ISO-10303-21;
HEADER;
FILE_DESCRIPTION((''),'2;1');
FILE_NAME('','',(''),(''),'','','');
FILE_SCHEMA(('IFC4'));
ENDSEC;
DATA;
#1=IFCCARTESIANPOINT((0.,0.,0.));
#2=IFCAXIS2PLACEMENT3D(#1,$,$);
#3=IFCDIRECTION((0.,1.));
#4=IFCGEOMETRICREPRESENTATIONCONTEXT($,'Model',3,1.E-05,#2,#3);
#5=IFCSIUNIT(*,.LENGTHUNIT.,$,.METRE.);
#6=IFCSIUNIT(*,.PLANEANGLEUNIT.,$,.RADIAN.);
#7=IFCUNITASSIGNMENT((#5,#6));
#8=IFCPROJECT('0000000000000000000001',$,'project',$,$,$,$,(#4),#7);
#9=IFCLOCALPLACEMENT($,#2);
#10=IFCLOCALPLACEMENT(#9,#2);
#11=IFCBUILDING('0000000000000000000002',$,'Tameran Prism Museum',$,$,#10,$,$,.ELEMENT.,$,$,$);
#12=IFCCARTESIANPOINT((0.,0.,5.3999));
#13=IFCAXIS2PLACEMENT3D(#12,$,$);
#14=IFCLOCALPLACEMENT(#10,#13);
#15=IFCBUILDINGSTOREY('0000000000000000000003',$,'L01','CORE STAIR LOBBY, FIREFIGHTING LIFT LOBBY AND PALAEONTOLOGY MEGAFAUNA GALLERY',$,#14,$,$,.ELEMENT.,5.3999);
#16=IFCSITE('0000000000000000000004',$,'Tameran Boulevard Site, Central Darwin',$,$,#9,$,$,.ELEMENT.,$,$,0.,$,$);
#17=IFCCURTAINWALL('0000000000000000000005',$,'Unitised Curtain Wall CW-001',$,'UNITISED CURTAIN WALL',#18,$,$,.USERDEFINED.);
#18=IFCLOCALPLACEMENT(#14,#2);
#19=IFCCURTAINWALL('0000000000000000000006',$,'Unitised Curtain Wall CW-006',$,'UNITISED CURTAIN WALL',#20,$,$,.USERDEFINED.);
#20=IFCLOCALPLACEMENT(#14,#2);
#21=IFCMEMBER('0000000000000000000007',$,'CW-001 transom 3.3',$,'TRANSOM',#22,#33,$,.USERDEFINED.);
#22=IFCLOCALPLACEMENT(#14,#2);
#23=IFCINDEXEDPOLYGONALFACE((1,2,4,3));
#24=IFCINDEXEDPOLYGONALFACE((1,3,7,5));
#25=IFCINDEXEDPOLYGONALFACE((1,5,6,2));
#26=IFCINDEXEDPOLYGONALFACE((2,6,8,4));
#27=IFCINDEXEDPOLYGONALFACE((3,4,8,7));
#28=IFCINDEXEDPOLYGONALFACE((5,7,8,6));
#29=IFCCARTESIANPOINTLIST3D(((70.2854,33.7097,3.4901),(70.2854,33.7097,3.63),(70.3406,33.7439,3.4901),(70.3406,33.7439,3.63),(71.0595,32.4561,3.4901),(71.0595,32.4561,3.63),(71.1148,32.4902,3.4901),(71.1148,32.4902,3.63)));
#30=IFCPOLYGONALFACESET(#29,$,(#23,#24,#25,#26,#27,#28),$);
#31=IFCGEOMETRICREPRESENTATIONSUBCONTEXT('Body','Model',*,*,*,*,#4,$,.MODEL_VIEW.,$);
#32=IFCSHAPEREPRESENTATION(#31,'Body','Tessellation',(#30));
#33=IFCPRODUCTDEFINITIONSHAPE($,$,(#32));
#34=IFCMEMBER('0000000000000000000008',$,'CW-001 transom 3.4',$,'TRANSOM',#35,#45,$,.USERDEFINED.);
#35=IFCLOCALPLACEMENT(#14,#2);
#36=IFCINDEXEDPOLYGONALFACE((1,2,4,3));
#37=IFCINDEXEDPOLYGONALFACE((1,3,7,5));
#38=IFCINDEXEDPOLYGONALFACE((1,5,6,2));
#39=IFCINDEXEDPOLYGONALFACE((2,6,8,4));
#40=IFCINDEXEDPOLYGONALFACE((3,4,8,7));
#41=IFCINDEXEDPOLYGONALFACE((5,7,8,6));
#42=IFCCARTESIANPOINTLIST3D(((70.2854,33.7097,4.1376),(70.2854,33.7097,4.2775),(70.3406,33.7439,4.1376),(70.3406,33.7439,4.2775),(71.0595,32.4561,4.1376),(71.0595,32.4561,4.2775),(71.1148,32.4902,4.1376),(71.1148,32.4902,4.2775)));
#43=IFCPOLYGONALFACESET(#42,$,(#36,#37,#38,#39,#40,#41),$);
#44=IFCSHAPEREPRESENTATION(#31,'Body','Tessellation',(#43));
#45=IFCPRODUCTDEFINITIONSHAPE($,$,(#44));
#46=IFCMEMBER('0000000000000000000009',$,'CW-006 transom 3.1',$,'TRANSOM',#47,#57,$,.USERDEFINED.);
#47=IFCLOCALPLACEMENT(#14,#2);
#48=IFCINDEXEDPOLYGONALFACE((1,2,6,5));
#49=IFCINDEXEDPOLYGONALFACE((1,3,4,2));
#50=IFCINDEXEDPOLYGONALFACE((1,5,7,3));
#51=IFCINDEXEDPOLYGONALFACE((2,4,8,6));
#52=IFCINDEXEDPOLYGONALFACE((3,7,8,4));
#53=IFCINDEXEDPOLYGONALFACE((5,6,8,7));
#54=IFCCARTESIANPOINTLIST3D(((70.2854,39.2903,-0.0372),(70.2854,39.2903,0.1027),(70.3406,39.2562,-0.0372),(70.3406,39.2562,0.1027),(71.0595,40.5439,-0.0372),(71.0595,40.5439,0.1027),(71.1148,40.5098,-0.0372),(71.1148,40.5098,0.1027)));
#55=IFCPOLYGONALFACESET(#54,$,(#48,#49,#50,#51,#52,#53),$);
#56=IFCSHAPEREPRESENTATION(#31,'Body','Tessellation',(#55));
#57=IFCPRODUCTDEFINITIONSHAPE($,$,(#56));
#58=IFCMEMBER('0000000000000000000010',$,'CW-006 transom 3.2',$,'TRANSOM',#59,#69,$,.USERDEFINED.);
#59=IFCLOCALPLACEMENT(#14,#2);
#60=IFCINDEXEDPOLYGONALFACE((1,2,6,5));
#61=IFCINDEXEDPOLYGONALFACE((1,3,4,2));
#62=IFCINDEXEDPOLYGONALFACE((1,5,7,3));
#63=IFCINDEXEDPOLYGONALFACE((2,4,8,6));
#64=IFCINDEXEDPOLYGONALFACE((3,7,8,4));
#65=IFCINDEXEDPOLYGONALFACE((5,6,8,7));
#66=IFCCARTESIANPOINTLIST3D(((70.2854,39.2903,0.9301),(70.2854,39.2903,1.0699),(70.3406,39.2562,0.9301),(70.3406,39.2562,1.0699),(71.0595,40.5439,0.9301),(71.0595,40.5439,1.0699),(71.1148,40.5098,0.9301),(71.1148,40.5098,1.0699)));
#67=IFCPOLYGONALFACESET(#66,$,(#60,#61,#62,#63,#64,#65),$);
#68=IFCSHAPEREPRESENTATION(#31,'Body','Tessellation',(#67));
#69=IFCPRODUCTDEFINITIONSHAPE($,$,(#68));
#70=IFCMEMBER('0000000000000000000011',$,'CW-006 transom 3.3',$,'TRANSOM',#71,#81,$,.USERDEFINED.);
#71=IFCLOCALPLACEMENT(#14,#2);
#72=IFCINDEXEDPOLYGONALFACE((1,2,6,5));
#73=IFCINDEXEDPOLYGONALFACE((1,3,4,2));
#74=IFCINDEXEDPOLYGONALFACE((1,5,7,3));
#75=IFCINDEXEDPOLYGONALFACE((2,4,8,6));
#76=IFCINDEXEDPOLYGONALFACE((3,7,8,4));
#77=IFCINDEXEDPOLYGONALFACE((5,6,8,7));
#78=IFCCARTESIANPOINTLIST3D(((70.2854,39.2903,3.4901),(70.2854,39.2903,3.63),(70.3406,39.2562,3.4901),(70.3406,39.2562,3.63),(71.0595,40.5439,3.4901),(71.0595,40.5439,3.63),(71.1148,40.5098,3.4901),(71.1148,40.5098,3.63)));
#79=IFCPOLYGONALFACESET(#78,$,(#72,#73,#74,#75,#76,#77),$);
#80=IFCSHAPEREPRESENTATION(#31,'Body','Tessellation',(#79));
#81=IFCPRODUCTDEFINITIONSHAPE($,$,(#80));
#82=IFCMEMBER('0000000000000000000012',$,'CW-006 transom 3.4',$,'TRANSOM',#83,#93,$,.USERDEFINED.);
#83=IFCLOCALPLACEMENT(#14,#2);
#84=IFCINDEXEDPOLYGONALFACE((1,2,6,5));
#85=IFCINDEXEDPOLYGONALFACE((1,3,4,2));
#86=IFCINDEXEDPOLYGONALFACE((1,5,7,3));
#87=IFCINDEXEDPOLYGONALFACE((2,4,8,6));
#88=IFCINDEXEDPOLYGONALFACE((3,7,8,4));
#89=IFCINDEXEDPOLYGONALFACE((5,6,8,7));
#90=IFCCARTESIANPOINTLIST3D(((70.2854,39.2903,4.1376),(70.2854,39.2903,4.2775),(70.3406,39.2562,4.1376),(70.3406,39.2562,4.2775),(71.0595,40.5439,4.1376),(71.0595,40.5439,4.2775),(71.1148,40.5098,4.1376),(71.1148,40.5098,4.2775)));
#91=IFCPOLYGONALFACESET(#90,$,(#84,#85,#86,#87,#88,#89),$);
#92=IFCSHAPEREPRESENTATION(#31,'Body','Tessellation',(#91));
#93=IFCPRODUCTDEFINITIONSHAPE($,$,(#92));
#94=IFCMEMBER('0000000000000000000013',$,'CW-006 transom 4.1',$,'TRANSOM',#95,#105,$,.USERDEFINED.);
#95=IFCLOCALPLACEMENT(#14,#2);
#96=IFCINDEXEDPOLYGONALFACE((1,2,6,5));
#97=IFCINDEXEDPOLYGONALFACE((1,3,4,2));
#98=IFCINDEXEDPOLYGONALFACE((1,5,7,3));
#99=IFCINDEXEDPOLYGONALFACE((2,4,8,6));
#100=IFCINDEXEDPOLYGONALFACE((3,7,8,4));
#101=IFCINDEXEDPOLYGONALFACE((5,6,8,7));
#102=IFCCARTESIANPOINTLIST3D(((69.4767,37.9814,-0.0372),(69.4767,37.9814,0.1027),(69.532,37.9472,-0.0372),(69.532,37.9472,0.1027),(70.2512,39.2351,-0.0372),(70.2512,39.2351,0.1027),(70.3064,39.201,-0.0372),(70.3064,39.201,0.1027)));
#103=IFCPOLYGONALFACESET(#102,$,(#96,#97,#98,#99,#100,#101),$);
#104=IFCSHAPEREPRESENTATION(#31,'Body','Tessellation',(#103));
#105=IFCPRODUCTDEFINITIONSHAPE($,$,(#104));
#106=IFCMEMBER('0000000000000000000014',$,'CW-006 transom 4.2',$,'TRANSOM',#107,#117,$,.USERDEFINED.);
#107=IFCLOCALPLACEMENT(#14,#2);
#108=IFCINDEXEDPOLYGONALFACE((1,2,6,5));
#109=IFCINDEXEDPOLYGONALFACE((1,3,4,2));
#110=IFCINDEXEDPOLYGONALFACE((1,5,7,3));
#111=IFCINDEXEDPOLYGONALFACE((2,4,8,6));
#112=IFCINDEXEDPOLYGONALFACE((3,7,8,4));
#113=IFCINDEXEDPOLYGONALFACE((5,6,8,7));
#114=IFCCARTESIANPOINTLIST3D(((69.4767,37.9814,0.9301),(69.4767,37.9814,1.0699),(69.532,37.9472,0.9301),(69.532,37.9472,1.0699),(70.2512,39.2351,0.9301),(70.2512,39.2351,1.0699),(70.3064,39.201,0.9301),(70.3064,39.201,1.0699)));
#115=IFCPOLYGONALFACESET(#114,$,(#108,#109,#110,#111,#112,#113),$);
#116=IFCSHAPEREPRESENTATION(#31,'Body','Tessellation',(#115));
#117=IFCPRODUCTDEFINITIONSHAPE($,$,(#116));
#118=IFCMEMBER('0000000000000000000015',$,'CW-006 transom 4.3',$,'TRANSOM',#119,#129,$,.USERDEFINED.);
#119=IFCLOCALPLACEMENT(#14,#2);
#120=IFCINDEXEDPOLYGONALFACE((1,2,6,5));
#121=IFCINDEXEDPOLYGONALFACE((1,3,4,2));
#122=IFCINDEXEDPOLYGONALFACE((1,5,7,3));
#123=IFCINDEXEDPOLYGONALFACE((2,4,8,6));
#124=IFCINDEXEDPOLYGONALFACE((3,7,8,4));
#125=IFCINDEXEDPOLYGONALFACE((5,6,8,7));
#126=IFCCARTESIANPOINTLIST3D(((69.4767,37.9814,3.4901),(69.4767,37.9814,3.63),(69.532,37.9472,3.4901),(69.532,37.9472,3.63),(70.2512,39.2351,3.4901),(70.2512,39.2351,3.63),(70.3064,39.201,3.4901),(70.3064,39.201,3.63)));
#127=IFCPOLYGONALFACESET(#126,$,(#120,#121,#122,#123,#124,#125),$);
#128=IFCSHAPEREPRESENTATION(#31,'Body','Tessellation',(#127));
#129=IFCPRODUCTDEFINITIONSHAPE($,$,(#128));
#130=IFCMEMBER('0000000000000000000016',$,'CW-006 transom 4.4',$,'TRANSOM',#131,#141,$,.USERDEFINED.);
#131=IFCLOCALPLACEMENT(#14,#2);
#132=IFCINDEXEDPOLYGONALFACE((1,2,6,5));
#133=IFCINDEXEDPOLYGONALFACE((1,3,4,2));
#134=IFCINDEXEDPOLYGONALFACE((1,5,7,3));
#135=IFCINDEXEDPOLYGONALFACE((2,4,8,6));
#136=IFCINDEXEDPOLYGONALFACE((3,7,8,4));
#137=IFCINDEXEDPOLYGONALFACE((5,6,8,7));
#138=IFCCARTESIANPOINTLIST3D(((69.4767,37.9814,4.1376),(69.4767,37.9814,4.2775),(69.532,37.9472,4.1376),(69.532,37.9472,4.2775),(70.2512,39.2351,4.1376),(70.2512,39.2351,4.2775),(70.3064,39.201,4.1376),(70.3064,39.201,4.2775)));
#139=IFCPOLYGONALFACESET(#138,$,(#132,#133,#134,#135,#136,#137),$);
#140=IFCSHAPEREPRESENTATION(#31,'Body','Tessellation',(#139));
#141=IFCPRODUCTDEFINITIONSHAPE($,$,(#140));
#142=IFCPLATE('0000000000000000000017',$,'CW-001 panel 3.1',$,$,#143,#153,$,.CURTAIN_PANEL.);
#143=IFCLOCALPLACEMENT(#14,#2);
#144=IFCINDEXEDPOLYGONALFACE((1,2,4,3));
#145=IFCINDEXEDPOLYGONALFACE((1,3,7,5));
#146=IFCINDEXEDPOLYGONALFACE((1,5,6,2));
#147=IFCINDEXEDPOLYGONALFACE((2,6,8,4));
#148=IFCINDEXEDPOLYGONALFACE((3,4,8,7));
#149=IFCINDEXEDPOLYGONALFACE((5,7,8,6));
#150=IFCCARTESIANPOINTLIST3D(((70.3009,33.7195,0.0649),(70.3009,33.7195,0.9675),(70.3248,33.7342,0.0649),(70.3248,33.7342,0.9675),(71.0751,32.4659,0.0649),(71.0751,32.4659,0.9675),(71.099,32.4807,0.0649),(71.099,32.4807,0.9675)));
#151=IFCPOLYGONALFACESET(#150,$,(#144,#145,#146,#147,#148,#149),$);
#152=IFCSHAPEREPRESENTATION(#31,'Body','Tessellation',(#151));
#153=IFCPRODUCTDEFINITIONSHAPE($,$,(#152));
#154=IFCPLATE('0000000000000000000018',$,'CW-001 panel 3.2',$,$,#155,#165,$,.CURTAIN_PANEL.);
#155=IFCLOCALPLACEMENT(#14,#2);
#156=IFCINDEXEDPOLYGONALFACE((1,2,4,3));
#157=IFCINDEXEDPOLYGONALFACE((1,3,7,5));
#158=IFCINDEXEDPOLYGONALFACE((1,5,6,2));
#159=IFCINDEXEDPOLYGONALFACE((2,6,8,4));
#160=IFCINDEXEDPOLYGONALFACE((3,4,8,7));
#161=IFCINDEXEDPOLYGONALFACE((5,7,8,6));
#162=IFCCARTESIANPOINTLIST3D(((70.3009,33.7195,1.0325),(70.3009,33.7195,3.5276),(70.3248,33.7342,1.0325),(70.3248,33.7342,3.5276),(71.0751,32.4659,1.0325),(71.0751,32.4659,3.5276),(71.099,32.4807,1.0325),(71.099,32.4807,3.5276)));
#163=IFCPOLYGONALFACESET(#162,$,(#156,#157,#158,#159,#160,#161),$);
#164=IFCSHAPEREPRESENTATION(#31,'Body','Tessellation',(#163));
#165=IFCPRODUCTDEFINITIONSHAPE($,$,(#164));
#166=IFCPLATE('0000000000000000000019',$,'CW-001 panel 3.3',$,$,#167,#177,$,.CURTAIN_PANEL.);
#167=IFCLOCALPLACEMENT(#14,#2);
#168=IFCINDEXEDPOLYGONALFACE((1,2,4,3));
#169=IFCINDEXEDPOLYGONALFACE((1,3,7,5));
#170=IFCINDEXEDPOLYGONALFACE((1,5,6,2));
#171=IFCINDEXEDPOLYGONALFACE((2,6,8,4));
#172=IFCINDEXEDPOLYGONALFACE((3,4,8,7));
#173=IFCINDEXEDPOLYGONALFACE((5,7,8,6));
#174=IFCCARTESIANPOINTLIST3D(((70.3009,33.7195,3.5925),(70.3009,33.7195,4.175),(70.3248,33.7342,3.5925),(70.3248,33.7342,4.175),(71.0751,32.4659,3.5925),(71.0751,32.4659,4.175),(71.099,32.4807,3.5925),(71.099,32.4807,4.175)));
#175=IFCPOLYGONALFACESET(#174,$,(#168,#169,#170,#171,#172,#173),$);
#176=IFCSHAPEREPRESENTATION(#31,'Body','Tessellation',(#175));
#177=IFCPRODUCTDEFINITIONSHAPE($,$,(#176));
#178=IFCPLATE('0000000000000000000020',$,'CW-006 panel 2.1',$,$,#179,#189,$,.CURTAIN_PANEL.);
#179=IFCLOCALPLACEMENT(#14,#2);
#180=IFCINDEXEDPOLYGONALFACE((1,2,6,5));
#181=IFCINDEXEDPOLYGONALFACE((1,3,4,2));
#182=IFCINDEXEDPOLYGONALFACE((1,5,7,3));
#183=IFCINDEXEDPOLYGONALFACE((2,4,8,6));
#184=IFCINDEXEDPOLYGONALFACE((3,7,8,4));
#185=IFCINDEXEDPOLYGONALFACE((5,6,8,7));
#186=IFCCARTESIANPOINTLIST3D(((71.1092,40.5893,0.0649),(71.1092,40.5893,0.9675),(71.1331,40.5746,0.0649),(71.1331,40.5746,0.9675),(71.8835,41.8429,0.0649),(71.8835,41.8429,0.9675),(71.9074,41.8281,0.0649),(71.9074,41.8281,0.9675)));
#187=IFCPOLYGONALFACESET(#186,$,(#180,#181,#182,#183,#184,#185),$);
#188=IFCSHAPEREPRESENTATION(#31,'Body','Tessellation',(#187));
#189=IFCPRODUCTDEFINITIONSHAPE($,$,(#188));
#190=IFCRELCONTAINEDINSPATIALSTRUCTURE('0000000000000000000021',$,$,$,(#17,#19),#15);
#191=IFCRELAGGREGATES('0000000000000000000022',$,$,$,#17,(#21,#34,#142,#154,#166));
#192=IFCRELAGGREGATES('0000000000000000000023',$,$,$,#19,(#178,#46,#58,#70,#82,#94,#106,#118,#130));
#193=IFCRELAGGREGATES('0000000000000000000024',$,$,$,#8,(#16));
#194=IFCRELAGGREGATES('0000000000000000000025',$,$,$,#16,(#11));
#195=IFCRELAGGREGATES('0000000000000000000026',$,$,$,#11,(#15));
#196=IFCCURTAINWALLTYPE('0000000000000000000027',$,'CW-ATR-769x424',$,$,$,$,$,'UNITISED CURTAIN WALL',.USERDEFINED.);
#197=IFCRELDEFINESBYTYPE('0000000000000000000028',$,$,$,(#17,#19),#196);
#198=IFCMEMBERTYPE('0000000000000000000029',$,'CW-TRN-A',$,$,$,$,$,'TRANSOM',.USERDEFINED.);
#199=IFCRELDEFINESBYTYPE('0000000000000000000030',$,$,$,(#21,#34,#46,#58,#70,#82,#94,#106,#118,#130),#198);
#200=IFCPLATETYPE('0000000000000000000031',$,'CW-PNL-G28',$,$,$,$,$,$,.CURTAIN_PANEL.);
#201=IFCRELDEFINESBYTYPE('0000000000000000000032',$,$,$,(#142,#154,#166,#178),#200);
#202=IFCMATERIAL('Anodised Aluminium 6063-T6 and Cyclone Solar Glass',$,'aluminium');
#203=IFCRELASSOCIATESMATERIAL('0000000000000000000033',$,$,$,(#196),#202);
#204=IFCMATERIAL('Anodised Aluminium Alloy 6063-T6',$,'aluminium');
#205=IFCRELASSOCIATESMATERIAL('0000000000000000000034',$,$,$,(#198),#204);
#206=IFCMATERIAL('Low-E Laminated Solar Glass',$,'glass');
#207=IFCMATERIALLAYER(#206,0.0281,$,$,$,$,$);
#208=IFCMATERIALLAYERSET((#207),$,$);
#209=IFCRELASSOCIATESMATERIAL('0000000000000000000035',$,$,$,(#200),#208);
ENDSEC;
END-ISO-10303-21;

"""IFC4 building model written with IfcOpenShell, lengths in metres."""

from ifc_helpers import new_model, si_unit, direction, frame, origin, origin_2d, place, context, subcontext, project, spatial, rectangle, extrude, material, layer, layer_set, material_profile, profile_set, type_object, element, aggregate, save


model = new_model("IFC4")

# Units and contexts
model_context = context("Model", 3, precision=1e-05, world=origin(), true_north=direction((0.0, 1.0)))
body_context = subcontext(model_context, "Body", "Model", "MODEL_VIEW")
ifc_project = project(units=[si_unit("LENGTHUNIT", "METRE"), si_unit("PLANEANGLEUNIT", "RADIAN")], contexts=[model_context])

# Site, building, storey
site_placement = place(None, origin())
site = spatial("IfcSite", under=ifc_project, at=site_placement, Name="Tameran Boulevard Site, Central Darwin", CompositionType="ELEMENT", RefElevation=0.0)
building_placement = place(site_placement, origin())
building = spatial("IfcBuilding", under=site, at=building_placement, Name="Tameran Prism Museum", CompositionType="ELEMENT")
storey_placement = place(building_placement, frame((0.0, 0.0, 5.3999)))
storey = spatial("IfcBuildingStorey", under=building, at=storey_placement, Name="L01", Description="CORE STAIR LOBBY, FIREFIGHTING LIFT LOBBY AND PALAEONTOLOGY MEGAFAUNA GALLERY", CompositionType="ELEMENT", Elevation=5.3999)

# Curtain walls
ifc_material_1 = material(Name="Anodised Aluminium 6063-T6 and Cyclone Solar Glass", Category="aluminium")
curtain_wall_type = type_object("IfcCurtainWallType", Name="CW-ATR-769x424", ElementType="UNITISED CURTAIN WALL", PredefinedType="USERDEFINED", material=ifc_material_1)
curtain_wall_1_placement = place(storey_placement, origin())
curtain_wall_1 = element("IfcCurtainWall", 1, at=curtain_wall_1_placement, inside=storey, type_object=curtain_wall_type, Name="Unitised Curtain Wall CW-001", ObjectType="UNITISED CURTAIN WALL", PredefinedType="USERDEFINED")
curtain_wall_2_placement = place(storey_placement, origin())
curtain_wall_2 = element("IfcCurtainWall", 2, at=curtain_wall_2_placement, inside=storey, type_object=curtain_wall_type, Name="Unitised Curtain Wall CW-006", ObjectType="UNITISED CURTAIN WALL", PredefinedType="USERDEFINED")

# Members
ifc_material_2 = material(Name="Anodised Aluminium Alloy 6063-T6", Category="aluminium")
ifc_material_profile_1 = material_profile(ifc_material_2, rectangle(XDim=0.0649, YDim=0.1399, at=origin_2d()))
ifc_profile_set_1 = profile_set([ifc_material_profile_1])
member_type_1 = type_object("IfcMemberType", Name="CW-TRN-A", ElementType="TRANSOM", PredefinedType="USERDEFINED", material=ifc_profile_set_1)
member_1_placement = place(storey_placement, frame((70.313, 33.7268, 3.5601), z_axis=(0.525419, -0.850844, 0.0), x_axis=(0.850844, 0.525419, 0.0)))
member_1 = element("IfcMember", 3, at=member_1_placement, type_object=member_type_1, Name="CW-001 transom 3.3", ObjectType="TRANSOM", PredefinedType="USERDEFINED", context=body_context, shape_type="SweptSolid", body=[
    extrude(rectangle(XDim=0.0649, YDim=0.1399, at=origin_2d()), origin(), (0.0, 0.0, 1.0), 1.4734),
])
member_2_placement = place(storey_placement, frame((70.313, 33.7268, 4.2075), z_axis=(0.525419, -0.850844, 0.0), x_axis=(0.850844, 0.525419, 0.0)))
member_2 = element("IfcMember", 4, at=member_2_placement, type_object=member_type_1, Name="CW-001 transom 3.4", ObjectType="TRANSOM", PredefinedType="USERDEFINED", context=body_context, shape_type="SweptSolid", body=[
    extrude(rectangle(XDim=0.0649, YDim=0.1399, at=origin_2d()), origin(), (0.0, 0.0, 1.0), 1.4734),
])
member_3_placement = place(storey_placement, frame((71.0872, 40.5269, 0.0327), z_axis=(-0.525419, -0.850844, 0.0), x_axis=(0.850844, -0.525419, 0.0)))
member_3 = element("IfcMember", 5, at=member_3_placement, type_object=member_type_1, Name="CW-006 transom 3.1", ObjectType="TRANSOM", PredefinedType="USERDEFINED", context=body_context, shape_type="SweptSolid", body=[
    extrude(rectangle(XDim=0.0649, YDim=0.1399, at=origin_2d()), origin(), (0.0, 0.0, 1.0), 1.4734),
])
member_4_placement = place(storey_placement, frame((71.0872, 40.5269, 1.0), z_axis=(-0.525419, -0.850844, 0.0), x_axis=(0.850844, -0.525419, 0.0)))
member_4 = element("IfcMember", 6, at=member_4_placement, type_object=member_type_1, Name="CW-006 transom 3.2", ObjectType="TRANSOM", PredefinedType="USERDEFINED", context=body_context, shape_type="SweptSolid", body=[
    extrude(rectangle(XDim=0.0649, YDim=0.1399, at=origin_2d()), origin(), (0.0, 0.0, 1.0), 1.4734),
])
member_5_placement = place(storey_placement, frame((71.0872, 40.5269, 3.5601), z_axis=(-0.525419, -0.850844, 0.0), x_axis=(0.850844, -0.525419, 0.0)))
member_5 = element("IfcMember", 7, at=member_5_placement, type_object=member_type_1, Name="CW-006 transom 3.3", ObjectType="TRANSOM", PredefinedType="USERDEFINED", context=body_context, shape_type="SweptSolid", body=[
    extrude(rectangle(XDim=0.0649, YDim=0.1399, at=origin_2d()), origin(), (0.0, 0.0, 1.0), 1.4734),
])
member_6_placement = place(storey_placement, frame((71.0872, 40.5269, 4.2075), z_axis=(-0.525419, -0.850844, 0.0), x_axis=(0.850844, -0.525419, 0.0)))
member_6 = element("IfcMember", 8, at=member_6_placement, type_object=member_type_1, Name="CW-006 transom 3.4", ObjectType="TRANSOM", PredefinedType="USERDEFINED", context=body_context, shape_type="SweptSolid", body=[
    extrude(rectangle(XDim=0.0649, YDim=0.1399, at=origin_2d()), origin(), (0.0, 0.0, 1.0), 1.4734),
])
member_7_placement = place(storey_placement, frame((70.2788, 39.218, 0.0327), z_axis=(-0.525539, -0.85077, 0.0), x_axis=(0.85077, -0.525539, 0.0)))
member_7 = element("IfcMember", 9, at=member_7_placement, type_object=member_type_1, Name="CW-006 transom 4.1", ObjectType="TRANSOM", PredefinedType="USERDEFINED", context=body_context, shape_type="SweptSolid", body=[
    extrude(rectangle(XDim=0.0649, YDim=0.1399, at=origin_2d()), origin(), (0.0, 0.0, 1.0), 1.4736),
])
member_8_placement = place(storey_placement, frame((70.2788, 39.218, 1.0), z_axis=(-0.525539, -0.85077, 0.0), x_axis=(0.85077, -0.525539, 0.0)))
member_8 = element("IfcMember", 10, at=member_8_placement, type_object=member_type_1, Name="CW-006 transom 4.2", ObjectType="TRANSOM", PredefinedType="USERDEFINED", context=body_context, shape_type="SweptSolid", body=[
    extrude(rectangle(XDim=0.0649, YDim=0.1399, at=origin_2d()), origin(), (0.0, 0.0, 1.0), 1.4736),
])
member_9_placement = place(storey_placement, frame((70.2788, 39.218, 3.5601), z_axis=(-0.525539, -0.85077, 0.0), x_axis=(0.85077, -0.525539, 0.0)))
member_9 = element("IfcMember", 11, at=member_9_placement, type_object=member_type_1, Name="CW-006 transom 4.3", ObjectType="TRANSOM", PredefinedType="USERDEFINED", context=body_context, shape_type="SweptSolid", body=[
    extrude(rectangle(XDim=0.0649, YDim=0.1399, at=origin_2d()), origin(), (0.0, 0.0, 1.0), 1.4736),
])
member_10_placement = place(storey_placement, frame((70.2788, 39.218, 4.2075), z_axis=(-0.525539, -0.85077, 0.0), x_axis=(0.85077, -0.525539, 0.0)))
member_10 = element("IfcMember", 12, at=member_10_placement, type_object=member_type_1, Name="CW-006 transom 4.4", ObjectType="TRANSOM", PredefinedType="USERDEFINED", context=body_context, shape_type="SweptSolid", body=[
    extrude(rectangle(XDim=0.0649, YDim=0.1399, at=origin_2d()), origin(), (0.0, 0.0, 1.0), 1.4736),
])

# Plates
ifc_material_3 = material(Name="Low-E Laminated Solar Glass", Category="glass")
ifc_layer_1 = layer(ifc_material_3, 0.0281)
ifc_layer_set_1 = layer_set([ifc_layer_1])
plate_type = type_object("IfcPlateType", Name="CW-PNL-G28", PredefinedType="CURTAIN_PANEL", material=ifc_layer_set_1)
plate_1_placement = place(storey_placement, frame((70.7, 33.1001, 0.0649), z_axis=(0.0, 0.0, 1.0), x_axis=(0.525504, -0.850791, 0.0)))
plate_1 = element("IfcPlate", 13, at=plate_1_placement, type_object=plate_type, Name="CW-001 panel 3.1", PredefinedType="CURTAIN_PANEL", context=body_context, shape_type="SweptSolid", body=[
    extrude(rectangle(XDim=1.4734, YDim=0.0281, at=origin_2d()), origin(), (0.0, 0.0, 1.0), 0.9026),
])
plate_2_placement = place(storey_placement, frame((70.7, 33.1001, 1.0325), z_axis=(0.0, 0.0, 1.0), x_axis=(0.525504, -0.850791, 0.0)))
plate_2 = element("IfcPlate", 14, at=plate_2_placement, type_object=plate_type, Name="CW-001 panel 3.2", PredefinedType="CURTAIN_PANEL", context=body_context, shape_type="SweptSolid", body=[
    extrude(rectangle(XDim=1.4734, YDim=0.0281, at=origin_2d()), origin(), (0.0, 0.0, 1.0), 2.4951),
])
plate_3_placement = place(storey_placement, frame((70.7, 33.1001, 3.5925), z_axis=(0.0, 0.0, 1.0), x_axis=(0.525504, -0.850791, 0.0)))
plate_3 = element("IfcPlate", 15, at=plate_3_placement, type_object=plate_type, Name="CW-001 panel 3.3", PredefinedType="CURTAIN_PANEL", context=body_context, shape_type="SweptSolid", body=[
    extrude(rectangle(XDim=1.4734, YDim=0.0281, at=origin_2d()), origin(), (0.0, 0.0, 1.0), 0.5825),
])
aggregate(curtain_wall_1, [member_1, member_2, plate_1, plate_2, plate_3])
plate_4_placement = place(storey_placement, frame((71.5083, 41.2087, 0.0649), z_axis=(0.0, 0.0, 1.0), x_axis=(-0.525504, -0.850791, 0.0)))
plate_4 = element("IfcPlate", 16, at=plate_4_placement, type_object=plate_type, Name="CW-006 panel 2.1", PredefinedType="CURTAIN_PANEL", context=body_context, shape_type="SweptSolid", body=[
    extrude(rectangle(XDim=1.4734, YDim=0.0281, at=origin_2d()), origin(), (0.0, 0.0, 1.0), 0.9026),
])
aggregate(curtain_wall_2, [plate_4, member_3, member_4, member_5, member_6, member_7, member_8, member_9, member_10])

save(model, "model.ifc")
